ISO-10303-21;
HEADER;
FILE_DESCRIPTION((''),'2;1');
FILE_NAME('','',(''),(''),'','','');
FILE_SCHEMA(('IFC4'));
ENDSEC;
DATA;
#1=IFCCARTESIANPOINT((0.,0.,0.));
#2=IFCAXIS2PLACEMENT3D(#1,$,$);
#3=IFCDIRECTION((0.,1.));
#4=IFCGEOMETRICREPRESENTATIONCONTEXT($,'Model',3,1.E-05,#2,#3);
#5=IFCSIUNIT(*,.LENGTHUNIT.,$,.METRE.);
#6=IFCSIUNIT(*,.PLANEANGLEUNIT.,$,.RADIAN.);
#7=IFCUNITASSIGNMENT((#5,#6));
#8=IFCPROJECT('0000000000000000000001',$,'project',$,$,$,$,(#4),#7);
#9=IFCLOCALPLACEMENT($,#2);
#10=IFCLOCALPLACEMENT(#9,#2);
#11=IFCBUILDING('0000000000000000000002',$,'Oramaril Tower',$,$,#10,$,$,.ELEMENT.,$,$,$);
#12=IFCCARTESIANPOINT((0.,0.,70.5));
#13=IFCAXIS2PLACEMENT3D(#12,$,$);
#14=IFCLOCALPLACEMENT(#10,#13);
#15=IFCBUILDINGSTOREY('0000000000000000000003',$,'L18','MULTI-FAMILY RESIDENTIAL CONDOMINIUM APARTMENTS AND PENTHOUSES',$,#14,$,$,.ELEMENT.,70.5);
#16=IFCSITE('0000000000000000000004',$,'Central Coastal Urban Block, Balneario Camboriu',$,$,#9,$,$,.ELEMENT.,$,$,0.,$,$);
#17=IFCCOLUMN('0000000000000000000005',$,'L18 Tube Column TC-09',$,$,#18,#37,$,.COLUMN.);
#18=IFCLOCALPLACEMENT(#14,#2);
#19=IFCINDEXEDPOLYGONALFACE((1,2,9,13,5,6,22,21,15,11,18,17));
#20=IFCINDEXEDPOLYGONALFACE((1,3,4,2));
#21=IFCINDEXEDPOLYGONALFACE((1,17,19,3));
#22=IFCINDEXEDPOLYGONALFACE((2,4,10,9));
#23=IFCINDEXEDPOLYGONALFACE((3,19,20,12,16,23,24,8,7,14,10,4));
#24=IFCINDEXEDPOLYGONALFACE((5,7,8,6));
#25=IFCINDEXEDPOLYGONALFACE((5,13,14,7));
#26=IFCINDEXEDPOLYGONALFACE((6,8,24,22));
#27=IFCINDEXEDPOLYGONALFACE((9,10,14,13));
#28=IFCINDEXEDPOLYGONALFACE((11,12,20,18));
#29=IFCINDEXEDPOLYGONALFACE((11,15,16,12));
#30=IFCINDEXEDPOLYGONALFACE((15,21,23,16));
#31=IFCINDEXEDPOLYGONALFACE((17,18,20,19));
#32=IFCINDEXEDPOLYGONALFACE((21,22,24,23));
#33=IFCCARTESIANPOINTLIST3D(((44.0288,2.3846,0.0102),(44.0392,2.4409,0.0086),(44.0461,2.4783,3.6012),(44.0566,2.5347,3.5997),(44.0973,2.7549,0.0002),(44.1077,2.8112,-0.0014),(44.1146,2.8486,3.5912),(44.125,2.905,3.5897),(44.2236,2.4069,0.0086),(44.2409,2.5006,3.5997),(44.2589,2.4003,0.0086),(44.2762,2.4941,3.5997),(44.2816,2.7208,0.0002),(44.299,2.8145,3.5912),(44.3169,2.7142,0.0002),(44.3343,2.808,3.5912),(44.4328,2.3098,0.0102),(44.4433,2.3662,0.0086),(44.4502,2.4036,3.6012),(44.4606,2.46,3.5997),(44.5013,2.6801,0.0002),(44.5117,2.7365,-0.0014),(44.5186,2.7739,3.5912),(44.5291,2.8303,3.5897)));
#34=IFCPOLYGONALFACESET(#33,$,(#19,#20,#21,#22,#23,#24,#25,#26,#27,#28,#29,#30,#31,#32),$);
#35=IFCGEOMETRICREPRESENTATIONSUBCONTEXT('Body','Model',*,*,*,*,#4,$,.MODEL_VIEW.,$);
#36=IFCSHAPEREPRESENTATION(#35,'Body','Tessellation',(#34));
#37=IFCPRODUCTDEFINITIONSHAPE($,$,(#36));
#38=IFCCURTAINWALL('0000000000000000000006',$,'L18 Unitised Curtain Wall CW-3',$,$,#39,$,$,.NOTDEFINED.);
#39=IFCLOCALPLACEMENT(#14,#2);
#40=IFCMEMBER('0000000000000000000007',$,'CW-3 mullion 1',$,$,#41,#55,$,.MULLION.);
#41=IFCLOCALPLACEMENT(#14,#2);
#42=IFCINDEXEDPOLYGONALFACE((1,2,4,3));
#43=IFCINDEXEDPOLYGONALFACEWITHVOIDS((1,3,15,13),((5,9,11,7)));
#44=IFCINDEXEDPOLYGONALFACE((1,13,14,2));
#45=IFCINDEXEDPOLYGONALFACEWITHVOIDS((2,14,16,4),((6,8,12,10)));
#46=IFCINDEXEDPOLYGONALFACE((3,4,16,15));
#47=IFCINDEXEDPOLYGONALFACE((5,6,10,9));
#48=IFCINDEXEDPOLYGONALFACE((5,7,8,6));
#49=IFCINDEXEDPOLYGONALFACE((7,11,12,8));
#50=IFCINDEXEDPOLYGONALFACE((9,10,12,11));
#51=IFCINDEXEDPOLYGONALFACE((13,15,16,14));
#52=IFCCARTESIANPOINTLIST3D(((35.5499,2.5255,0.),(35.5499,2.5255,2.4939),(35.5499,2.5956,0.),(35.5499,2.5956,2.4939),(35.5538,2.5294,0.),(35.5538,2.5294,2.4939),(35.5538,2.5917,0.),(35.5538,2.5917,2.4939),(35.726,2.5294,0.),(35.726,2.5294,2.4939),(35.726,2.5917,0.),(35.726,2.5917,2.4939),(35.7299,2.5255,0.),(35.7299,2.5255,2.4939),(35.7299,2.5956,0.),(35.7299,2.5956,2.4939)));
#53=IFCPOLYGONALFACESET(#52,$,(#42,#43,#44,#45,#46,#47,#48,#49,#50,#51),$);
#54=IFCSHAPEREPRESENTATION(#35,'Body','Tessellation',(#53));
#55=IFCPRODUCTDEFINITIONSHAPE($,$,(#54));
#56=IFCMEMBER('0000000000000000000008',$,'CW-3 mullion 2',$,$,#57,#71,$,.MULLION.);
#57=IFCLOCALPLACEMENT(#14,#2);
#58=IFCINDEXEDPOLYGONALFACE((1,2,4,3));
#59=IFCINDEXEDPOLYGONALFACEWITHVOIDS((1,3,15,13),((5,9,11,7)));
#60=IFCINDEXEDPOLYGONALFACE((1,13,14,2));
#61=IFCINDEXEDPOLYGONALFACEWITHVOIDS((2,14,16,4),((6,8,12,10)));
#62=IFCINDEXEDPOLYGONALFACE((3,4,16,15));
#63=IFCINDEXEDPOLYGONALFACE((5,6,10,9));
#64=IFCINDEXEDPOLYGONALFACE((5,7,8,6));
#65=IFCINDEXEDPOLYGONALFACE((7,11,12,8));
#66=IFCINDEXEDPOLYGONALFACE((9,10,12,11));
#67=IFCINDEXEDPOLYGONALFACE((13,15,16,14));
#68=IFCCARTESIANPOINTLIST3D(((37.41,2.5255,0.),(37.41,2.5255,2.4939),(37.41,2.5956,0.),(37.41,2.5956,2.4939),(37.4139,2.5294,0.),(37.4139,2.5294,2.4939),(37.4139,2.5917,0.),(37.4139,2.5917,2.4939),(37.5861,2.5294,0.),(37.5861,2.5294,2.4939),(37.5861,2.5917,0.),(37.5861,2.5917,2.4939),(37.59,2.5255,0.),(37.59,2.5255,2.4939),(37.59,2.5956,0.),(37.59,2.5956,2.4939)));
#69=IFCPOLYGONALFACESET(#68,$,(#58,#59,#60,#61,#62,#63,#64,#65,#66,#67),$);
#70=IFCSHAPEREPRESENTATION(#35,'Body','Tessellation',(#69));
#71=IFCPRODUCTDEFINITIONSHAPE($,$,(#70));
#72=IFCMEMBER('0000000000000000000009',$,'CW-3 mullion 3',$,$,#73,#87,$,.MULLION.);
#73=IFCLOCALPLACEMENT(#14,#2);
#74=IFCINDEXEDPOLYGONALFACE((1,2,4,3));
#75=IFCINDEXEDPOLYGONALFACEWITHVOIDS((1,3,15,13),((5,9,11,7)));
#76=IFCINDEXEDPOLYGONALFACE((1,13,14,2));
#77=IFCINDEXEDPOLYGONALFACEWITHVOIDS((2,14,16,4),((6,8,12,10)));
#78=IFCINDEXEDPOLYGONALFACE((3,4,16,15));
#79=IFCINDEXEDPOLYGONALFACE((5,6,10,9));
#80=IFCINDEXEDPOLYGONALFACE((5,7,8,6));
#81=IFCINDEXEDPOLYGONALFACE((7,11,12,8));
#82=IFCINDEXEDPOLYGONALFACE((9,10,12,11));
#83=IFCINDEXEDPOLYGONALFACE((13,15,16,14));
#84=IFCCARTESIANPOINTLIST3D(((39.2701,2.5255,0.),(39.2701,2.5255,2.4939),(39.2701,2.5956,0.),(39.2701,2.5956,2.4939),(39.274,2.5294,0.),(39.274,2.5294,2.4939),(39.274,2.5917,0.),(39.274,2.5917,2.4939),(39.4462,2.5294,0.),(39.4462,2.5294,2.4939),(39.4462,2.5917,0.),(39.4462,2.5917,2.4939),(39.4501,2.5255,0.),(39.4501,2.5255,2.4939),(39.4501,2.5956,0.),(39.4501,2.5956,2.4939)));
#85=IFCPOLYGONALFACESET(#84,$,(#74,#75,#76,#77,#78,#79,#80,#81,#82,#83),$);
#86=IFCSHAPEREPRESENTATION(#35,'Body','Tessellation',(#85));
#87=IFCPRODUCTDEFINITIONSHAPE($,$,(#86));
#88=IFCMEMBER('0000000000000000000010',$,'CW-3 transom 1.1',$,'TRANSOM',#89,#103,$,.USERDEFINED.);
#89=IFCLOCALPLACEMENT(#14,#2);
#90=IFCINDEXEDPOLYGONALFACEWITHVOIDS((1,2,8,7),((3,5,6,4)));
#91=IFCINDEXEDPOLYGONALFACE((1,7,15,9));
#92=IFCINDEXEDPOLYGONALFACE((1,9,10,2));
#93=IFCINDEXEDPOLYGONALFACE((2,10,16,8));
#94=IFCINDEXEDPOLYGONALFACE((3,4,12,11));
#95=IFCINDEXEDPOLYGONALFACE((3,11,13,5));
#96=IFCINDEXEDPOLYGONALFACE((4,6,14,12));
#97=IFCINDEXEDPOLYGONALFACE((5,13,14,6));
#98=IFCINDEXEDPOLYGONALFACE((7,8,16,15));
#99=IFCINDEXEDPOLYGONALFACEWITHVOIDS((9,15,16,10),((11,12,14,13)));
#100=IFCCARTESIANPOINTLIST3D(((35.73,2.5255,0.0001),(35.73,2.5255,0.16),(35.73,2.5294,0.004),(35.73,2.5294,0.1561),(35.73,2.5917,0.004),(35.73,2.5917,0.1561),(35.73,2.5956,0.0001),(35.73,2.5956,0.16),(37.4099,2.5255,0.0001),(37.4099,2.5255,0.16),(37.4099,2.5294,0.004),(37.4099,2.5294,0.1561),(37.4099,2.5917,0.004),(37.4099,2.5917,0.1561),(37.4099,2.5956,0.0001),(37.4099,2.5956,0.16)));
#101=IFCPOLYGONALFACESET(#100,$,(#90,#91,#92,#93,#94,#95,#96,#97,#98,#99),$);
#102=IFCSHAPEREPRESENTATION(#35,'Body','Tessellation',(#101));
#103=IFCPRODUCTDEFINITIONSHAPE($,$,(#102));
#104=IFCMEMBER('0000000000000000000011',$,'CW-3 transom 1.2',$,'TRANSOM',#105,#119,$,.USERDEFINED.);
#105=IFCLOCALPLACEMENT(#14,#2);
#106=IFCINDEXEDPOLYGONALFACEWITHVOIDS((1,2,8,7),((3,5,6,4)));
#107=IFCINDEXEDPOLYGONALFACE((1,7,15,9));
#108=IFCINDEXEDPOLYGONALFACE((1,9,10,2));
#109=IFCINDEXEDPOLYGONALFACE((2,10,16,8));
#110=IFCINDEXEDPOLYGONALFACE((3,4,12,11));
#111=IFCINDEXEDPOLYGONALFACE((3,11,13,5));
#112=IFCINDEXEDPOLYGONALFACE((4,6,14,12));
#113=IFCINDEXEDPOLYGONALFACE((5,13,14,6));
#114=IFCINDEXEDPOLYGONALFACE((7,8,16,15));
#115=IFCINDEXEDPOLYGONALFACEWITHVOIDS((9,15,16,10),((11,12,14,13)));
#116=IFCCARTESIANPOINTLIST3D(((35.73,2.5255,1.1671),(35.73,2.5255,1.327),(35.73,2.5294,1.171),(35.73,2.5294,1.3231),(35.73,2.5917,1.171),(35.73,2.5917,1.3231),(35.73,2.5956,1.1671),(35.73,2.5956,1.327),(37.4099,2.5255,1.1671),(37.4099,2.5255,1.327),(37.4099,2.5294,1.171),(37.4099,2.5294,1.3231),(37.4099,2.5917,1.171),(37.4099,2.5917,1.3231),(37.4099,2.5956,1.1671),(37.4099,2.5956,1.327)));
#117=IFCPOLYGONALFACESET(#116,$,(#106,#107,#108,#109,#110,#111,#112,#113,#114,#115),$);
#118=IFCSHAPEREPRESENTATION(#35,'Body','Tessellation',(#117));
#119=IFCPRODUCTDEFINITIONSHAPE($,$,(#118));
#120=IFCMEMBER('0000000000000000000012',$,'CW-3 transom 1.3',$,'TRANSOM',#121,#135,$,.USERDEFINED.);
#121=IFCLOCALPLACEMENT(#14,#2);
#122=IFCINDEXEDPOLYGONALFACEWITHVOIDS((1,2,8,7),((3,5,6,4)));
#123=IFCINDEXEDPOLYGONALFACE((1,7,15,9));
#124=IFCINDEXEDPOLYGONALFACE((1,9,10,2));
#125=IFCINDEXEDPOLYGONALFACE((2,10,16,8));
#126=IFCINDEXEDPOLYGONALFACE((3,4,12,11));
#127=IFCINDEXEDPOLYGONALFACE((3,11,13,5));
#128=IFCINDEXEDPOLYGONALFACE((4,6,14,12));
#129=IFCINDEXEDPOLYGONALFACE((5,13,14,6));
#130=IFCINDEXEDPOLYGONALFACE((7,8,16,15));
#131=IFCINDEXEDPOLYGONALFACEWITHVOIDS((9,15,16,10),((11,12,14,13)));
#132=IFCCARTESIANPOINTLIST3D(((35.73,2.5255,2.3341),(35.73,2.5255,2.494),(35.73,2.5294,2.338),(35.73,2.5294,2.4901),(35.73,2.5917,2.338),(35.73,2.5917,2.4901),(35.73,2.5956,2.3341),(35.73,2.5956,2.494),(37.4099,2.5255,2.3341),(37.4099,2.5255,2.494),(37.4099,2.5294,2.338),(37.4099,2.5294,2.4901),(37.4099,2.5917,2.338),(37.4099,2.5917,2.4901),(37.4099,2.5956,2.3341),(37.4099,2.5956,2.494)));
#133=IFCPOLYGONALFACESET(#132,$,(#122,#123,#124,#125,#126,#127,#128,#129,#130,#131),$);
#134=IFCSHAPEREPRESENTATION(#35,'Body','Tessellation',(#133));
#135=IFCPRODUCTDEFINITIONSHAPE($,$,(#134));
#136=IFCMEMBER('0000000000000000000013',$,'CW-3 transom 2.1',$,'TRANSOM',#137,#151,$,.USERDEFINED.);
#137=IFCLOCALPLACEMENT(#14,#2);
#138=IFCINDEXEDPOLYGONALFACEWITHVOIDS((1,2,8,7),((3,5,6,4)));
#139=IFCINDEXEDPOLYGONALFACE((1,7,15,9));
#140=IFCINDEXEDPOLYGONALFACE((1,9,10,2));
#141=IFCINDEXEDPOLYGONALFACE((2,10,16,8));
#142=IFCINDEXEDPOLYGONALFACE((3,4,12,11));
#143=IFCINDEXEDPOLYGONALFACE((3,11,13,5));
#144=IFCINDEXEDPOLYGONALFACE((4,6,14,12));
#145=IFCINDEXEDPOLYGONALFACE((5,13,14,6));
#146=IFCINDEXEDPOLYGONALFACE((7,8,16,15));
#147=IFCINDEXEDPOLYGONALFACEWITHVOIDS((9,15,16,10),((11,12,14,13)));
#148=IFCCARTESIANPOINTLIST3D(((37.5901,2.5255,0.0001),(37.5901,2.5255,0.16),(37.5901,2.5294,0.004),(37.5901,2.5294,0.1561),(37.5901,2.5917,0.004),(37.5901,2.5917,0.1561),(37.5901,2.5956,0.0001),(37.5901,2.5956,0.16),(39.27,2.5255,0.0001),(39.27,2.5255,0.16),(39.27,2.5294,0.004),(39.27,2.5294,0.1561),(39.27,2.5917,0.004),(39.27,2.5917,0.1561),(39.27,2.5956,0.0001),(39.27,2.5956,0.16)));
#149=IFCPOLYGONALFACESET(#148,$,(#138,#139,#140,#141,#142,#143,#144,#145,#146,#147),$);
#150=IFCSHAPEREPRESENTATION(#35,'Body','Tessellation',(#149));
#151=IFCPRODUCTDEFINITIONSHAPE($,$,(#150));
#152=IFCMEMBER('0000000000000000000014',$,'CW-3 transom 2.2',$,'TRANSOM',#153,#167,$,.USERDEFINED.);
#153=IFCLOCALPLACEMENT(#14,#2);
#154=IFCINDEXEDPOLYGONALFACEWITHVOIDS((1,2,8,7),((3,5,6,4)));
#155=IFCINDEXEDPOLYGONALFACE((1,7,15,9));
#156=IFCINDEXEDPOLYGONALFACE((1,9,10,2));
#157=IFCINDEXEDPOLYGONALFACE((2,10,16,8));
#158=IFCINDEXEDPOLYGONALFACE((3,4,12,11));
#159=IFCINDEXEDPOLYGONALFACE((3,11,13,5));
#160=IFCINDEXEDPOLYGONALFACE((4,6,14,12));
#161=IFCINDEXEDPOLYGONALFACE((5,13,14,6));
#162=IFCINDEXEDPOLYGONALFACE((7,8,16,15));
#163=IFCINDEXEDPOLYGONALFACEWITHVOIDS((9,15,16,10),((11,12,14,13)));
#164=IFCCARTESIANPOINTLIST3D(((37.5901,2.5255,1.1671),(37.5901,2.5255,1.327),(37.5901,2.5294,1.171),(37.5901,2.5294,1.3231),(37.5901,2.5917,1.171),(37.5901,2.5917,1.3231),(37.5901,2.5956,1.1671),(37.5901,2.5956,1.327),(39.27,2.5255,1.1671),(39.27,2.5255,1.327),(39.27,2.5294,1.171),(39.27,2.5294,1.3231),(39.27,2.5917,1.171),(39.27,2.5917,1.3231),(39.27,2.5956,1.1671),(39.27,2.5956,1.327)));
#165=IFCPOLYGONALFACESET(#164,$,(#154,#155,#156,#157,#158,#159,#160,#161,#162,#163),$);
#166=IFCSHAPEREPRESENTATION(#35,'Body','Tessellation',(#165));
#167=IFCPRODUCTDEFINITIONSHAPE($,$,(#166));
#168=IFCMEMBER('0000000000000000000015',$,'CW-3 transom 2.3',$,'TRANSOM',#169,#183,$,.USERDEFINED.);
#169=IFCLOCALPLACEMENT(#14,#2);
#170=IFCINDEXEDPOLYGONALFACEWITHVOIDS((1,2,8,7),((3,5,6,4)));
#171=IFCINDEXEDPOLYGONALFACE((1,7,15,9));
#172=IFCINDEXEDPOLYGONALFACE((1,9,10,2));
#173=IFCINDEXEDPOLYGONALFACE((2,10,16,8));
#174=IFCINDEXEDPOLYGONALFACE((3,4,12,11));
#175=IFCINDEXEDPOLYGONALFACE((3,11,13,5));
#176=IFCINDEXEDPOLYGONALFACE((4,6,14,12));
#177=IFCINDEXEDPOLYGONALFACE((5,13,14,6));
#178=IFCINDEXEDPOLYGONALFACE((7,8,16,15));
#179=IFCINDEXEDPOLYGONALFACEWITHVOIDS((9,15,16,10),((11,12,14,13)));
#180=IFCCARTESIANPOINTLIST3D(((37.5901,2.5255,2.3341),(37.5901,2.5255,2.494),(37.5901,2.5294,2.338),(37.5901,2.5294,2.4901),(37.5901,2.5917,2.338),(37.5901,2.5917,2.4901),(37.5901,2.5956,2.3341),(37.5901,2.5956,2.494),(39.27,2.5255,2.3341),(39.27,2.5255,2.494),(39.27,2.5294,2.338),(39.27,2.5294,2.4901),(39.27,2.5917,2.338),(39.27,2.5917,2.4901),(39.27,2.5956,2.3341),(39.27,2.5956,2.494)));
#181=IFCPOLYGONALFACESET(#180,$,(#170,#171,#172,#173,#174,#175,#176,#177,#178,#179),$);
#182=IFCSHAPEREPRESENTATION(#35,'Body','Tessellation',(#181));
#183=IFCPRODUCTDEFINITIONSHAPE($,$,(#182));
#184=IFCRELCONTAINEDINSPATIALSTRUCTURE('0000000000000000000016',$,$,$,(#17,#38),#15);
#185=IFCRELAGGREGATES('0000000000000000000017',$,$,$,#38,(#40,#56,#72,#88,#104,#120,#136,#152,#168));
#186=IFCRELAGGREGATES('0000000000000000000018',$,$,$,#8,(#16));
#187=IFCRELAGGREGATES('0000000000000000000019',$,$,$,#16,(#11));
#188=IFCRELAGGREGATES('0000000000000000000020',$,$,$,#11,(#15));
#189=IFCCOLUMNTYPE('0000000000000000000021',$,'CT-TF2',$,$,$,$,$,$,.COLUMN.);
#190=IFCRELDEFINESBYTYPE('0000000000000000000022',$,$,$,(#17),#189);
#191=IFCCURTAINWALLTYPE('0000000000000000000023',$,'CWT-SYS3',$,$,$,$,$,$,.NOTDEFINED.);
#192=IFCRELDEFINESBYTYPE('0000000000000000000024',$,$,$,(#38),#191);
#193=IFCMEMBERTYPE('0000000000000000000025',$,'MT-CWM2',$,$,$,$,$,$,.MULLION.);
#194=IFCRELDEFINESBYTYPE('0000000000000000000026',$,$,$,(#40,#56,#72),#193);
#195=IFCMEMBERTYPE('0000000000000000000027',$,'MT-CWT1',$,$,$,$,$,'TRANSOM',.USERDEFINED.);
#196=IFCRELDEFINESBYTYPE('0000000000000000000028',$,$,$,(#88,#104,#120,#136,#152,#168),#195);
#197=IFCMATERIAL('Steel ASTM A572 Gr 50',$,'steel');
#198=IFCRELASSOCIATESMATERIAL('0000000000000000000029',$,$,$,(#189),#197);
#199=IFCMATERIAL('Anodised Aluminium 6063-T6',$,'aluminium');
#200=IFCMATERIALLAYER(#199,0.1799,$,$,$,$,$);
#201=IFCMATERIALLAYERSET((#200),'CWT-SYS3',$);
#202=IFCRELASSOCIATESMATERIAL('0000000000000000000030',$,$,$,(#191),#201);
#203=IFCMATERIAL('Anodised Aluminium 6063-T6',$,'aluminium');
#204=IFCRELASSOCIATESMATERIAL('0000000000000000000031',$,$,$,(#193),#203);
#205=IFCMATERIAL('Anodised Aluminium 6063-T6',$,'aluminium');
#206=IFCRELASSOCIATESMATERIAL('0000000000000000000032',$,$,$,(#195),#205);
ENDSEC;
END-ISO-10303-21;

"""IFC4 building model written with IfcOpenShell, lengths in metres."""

from ifc_helpers import new_model, si_unit, direction, frame, origin, origin_2d, place, context, subcontext, project, spatial, hollow_rectangle, i_section, extrude, material, layer, layer_set, material_profile, profile_set, type_object, element, aggregate, save


model = new_model("IFC4")

# Units and contexts
model_context = context("Model", 3, precision=1e-05, world=origin(), true_north=direction((0.0, 1.0)))
body_context = subcontext(model_context, "Body", "Model", "MODEL_VIEW")
ifc_project = project(units=[si_unit("LENGTHUNIT", "METRE"), si_unit("PLANEANGLEUNIT", "RADIAN")], contexts=[model_context])

# Site, building, storey
site_placement = place(None, origin())
site = spatial("IfcSite", under=ifc_project, at=site_placement, Name="Central Coastal Urban Block, Balneario Camboriu", CompositionType="ELEMENT", RefElevation=0.0)
building_placement = place(site_placement, origin())
building = spatial("IfcBuilding", under=site, at=building_placement, Name="Oramaril Tower", CompositionType="ELEMENT")
storey_placement = place(building_placement, frame((0.0, 0.0, 70.5)))
storey = spatial("IfcBuildingStorey", under=building, at=storey_placement, Name="L18", Description="MULTI-FAMILY RESIDENTIAL CONDOMINIUM APARTMENTS AND PENTHOUSES", CompositionType="ELEMENT", Elevation=70.5)

# Column
ifc_material_1 = material(Name="Steel ASTM A572 Gr 50", Category="steel")
ifc_material_profile_1 = material_profile(ifc_material_1, i_section(OverallWidth=0.4109, OverallDepth=0.4341, WebThickness=0.0359, FlangeThickness=0.0574, at=origin_2d()), Name="W14X311")
ifc_profile_set_1 = profile_set([ifc_material_profile_1], Name="Steel ASTM A572 Gr 50")
column_type = type_object("IfcColumnType", Name="CT-TF2", PredefinedType="COLUMN", material=ifc_profile_set_1)
column_placement = place(storey_placement, frame((44.2703, 2.5605, 0.0044), z_axis=(0.004825, 0.026097, 0.999648), x_axis=(-0.983333, 0.181814, 0.0)))
element("IfcColumn", 1, at=column_placement, inside=storey, type_object=column_type, Name="L18 Tube Column TC-09", PredefinedType="COLUMN", context=body_context, shape_type="SweptSolid", body=[
    extrude(i_section(OverallWidth=0.4109, OverallDepth=0.4341, WebThickness=0.0359, FlangeThickness=0.0574, at=origin_2d()), origin(), (0.0, 0.0, 1.0), 3.5923),
])

# Curtain wall, members
ifc_material_2 = material(Name="Anodised Aluminium 6063-T6", Category="aluminium")
ifc_layer_1 = layer(ifc_material_2, 0.1799)
ifc_layer_set_1 = layer_set([ifc_layer_1], Name="CWT-SYS3")
curtain_wall_type = type_object("IfcCurtainWallType", Name="CWT-SYS3", PredefinedType="NOTDEFINED", material=ifc_layer_set_1)
curtain_wall_placement = place(storey_placement, origin())
curtain_wall = element("IfcCurtainWall", 2, at=curtain_wall_placement, inside=storey, type_object=curtain_wall_type, Name="L18 Unitised Curtain Wall CW-3", PredefinedType="NOTDEFINED")
ifc_material_3 = material(Name="Anodised Aluminium 6063-T6", Category="aluminium")
ifc_material_profile_2 = material_profile(ifc_material_3, hollow_rectangle(XDim=0.0701, YDim=0.1799, WallThickness=0.0039, at=origin_2d()), Name="CWM180X70")
ifc_profile_set_2 = profile_set([ifc_material_profile_2], Name="Anodised Aluminium 6063-T6")
member_type_1 = type_object("IfcMemberType", Name="MT-CWM2", PredefinedType="MULLION", material=ifc_profile_set_2)
member_1_placement = place(storey_placement, frame((35.6399, 2.5605, 0.0), z_axis=(0.0, 0.0, 1.0), x_axis=(0.0, 1.0, 0.0)))
member_1 = element("IfcMember", 3, at=member_1_placement, type_object=member_type_1, Name="CW-3 mullion 1", PredefinedType="MULLION", context=body_context, shape_type="SweptSolid", body=[
    extrude(hollow_rectangle(XDim=0.0701, YDim=0.1799, WallThickness=0.0039, at=origin_2d()), origin(), (0.0, 0.0, 1.0), 2.4939),
])
member_2_placement = place(storey_placement, frame((37.5, 2.5605, 0.0), z_axis=(0.0, 0.0, 1.0), x_axis=(0.0, 1.0, 0.0)))
member_2 = element("IfcMember", 4, at=member_2_placement, type_object=member_type_1, Name="CW-3 mullion 2", PredefinedType="MULLION", context=body_context, shape_type="SweptSolid", body=[
    extrude(hollow_rectangle(XDim=0.0701, YDim=0.1799, WallThickness=0.0039, at=origin_2d()), origin(), (0.0, 0.0, 1.0), 2.4939),
])
member_3_placement = place(storey_placement, frame((39.3601, 2.5605, 0.0), z_axis=(0.0, 0.0, 1.0), x_axis=(0.0, 1.0, 0.0)))
member_3 = element("IfcMember", 5, at=member_3_placement, type_object=member_type_1, Name="CW-3 mullion 3", PredefinedType="MULLION", context=body_context, shape_type="SweptSolid", body=[
    extrude(hollow_rectangle(XDim=0.0701, YDim=0.1799, WallThickness=0.0039, at=origin_2d()), origin(), (0.0, 0.0, 1.0), 2.4939),
])
ifc_material_4 = material(Name="Anodised Aluminium 6063-T6", Category="aluminium")
ifc_material_profile_3 = material_profile(ifc_material_4, hollow_rectangle(XDim=0.0701, YDim=0.1599, WallThickness=0.0039, at=origin_2d()), Name="CWT160X70")
ifc_profile_set_3 = profile_set([ifc_material_profile_3], Name="Anodised Aluminium 6063-T6")
member_type_2 = type_object("IfcMemberType", Name="MT-CWT1", ElementType="TRANSOM", PredefinedType="USERDEFINED", material=ifc_profile_set_3)
member_4_placement = place(storey_placement, frame((35.73, 2.5605, 0.0801), z_axis=(1.0, 0.0, 0.0), x_axis=(0.0, 1.0, 0.0)))
member_4 = element("IfcMember", 6, at=member_4_placement, type_object=member_type_2, Name="CW-3 transom 1.1", ObjectType="TRANSOM", PredefinedType="USERDEFINED", context=body_context, shape_type="SweptSolid", body=[
    extrude(hollow_rectangle(XDim=0.0701, YDim=0.1599, WallThickness=0.0039, at=origin_2d()), origin(), (0.0, 0.0, 1.0), 1.6799),
])
member_5_placement = place(storey_placement, frame((35.73, 2.5605, 1.2471), z_axis=(1.0, 0.0, 0.0), x_axis=(0.0, 1.0, 0.0)))
member_5 = element("IfcMember", 7, at=member_5_placement, type_object=member_type_2, Name="CW-3 transom 1.2", ObjectType="TRANSOM", PredefinedType="USERDEFINED", context=body_context, shape_type="SweptSolid", body=[
    extrude(hollow_rectangle(XDim=0.0701, YDim=0.1599, WallThickness=0.0039, at=origin_2d()), origin(), (0.0, 0.0, 1.0), 1.6799),
])
member_6_placement = place(storey_placement, frame((35.73, 2.5605, 2.4141), z_axis=(1.0, 0.0, 0.0), x_axis=(0.0, 1.0, 0.0)))
member_6 = element("IfcMember", 8, at=member_6_placement, type_object=member_type_2, Name="CW-3 transom 1.3", ObjectType="TRANSOM", PredefinedType="USERDEFINED", context=body_context, shape_type="SweptSolid", body=[
    extrude(hollow_rectangle(XDim=0.0701, YDim=0.1599, WallThickness=0.0039, at=origin_2d()), origin(), (0.0, 0.0, 1.0), 1.6799),
])
member_7_placement = place(storey_placement, frame((37.5901, 2.5605, 0.0801), z_axis=(1.0, 0.0, 0.0), x_axis=(0.0, 1.0, 0.0)))
member_7 = element("IfcMember", 9, at=member_7_placement, type_object=member_type_2, Name="CW-3 transom 2.1", ObjectType="TRANSOM", PredefinedType="USERDEFINED", context=body_context, shape_type="SweptSolid", body=[
    extrude(hollow_rectangle(XDim=0.0701, YDim=0.1599, WallThickness=0.0039, at=origin_2d()), origin(), (0.0, 0.0, 1.0), 1.6799),
])
member_8_placement = place(storey_placement, frame((37.5901, 2.5605, 1.2471), z_axis=(1.0, 0.0, 0.0), x_axis=(0.0, 1.0, 0.0)))
member_8 = element("IfcMember", 10, at=member_8_placement, type_object=member_type_2, Name="CW-3 transom 2.2", ObjectType="TRANSOM", PredefinedType="USERDEFINED", context=body_context, shape_type="SweptSolid", body=[
    extrude(hollow_rectangle(XDim=0.0701, YDim=0.1599, WallThickness=0.0039, at=origin_2d()), origin(), (0.0, 0.0, 1.0), 1.6799),
])
member_9_placement = place(storey_placement, frame((37.5901, 2.5605, 2.4141), z_axis=(1.0, 0.0, 0.0), x_axis=(0.0, 1.0, 0.0)))
member_9 = element("IfcMember", 11, at=member_9_placement, type_object=member_type_2, Name="CW-3 transom 2.3", ObjectType="TRANSOM", PredefinedType="USERDEFINED", context=body_context, shape_type="SweptSolid", body=[
    extrude(hollow_rectangle(XDim=0.0701, YDim=0.1599, WallThickness=0.0039, at=origin_2d()), origin(), (0.0, 0.0, 1.0), 1.6799),
])
aggregate(curtain_wall, [member_1, member_2, member_3, member_4, member_5, member_6, member_7, member_8, member_9])

save(model, "model.ifc")
